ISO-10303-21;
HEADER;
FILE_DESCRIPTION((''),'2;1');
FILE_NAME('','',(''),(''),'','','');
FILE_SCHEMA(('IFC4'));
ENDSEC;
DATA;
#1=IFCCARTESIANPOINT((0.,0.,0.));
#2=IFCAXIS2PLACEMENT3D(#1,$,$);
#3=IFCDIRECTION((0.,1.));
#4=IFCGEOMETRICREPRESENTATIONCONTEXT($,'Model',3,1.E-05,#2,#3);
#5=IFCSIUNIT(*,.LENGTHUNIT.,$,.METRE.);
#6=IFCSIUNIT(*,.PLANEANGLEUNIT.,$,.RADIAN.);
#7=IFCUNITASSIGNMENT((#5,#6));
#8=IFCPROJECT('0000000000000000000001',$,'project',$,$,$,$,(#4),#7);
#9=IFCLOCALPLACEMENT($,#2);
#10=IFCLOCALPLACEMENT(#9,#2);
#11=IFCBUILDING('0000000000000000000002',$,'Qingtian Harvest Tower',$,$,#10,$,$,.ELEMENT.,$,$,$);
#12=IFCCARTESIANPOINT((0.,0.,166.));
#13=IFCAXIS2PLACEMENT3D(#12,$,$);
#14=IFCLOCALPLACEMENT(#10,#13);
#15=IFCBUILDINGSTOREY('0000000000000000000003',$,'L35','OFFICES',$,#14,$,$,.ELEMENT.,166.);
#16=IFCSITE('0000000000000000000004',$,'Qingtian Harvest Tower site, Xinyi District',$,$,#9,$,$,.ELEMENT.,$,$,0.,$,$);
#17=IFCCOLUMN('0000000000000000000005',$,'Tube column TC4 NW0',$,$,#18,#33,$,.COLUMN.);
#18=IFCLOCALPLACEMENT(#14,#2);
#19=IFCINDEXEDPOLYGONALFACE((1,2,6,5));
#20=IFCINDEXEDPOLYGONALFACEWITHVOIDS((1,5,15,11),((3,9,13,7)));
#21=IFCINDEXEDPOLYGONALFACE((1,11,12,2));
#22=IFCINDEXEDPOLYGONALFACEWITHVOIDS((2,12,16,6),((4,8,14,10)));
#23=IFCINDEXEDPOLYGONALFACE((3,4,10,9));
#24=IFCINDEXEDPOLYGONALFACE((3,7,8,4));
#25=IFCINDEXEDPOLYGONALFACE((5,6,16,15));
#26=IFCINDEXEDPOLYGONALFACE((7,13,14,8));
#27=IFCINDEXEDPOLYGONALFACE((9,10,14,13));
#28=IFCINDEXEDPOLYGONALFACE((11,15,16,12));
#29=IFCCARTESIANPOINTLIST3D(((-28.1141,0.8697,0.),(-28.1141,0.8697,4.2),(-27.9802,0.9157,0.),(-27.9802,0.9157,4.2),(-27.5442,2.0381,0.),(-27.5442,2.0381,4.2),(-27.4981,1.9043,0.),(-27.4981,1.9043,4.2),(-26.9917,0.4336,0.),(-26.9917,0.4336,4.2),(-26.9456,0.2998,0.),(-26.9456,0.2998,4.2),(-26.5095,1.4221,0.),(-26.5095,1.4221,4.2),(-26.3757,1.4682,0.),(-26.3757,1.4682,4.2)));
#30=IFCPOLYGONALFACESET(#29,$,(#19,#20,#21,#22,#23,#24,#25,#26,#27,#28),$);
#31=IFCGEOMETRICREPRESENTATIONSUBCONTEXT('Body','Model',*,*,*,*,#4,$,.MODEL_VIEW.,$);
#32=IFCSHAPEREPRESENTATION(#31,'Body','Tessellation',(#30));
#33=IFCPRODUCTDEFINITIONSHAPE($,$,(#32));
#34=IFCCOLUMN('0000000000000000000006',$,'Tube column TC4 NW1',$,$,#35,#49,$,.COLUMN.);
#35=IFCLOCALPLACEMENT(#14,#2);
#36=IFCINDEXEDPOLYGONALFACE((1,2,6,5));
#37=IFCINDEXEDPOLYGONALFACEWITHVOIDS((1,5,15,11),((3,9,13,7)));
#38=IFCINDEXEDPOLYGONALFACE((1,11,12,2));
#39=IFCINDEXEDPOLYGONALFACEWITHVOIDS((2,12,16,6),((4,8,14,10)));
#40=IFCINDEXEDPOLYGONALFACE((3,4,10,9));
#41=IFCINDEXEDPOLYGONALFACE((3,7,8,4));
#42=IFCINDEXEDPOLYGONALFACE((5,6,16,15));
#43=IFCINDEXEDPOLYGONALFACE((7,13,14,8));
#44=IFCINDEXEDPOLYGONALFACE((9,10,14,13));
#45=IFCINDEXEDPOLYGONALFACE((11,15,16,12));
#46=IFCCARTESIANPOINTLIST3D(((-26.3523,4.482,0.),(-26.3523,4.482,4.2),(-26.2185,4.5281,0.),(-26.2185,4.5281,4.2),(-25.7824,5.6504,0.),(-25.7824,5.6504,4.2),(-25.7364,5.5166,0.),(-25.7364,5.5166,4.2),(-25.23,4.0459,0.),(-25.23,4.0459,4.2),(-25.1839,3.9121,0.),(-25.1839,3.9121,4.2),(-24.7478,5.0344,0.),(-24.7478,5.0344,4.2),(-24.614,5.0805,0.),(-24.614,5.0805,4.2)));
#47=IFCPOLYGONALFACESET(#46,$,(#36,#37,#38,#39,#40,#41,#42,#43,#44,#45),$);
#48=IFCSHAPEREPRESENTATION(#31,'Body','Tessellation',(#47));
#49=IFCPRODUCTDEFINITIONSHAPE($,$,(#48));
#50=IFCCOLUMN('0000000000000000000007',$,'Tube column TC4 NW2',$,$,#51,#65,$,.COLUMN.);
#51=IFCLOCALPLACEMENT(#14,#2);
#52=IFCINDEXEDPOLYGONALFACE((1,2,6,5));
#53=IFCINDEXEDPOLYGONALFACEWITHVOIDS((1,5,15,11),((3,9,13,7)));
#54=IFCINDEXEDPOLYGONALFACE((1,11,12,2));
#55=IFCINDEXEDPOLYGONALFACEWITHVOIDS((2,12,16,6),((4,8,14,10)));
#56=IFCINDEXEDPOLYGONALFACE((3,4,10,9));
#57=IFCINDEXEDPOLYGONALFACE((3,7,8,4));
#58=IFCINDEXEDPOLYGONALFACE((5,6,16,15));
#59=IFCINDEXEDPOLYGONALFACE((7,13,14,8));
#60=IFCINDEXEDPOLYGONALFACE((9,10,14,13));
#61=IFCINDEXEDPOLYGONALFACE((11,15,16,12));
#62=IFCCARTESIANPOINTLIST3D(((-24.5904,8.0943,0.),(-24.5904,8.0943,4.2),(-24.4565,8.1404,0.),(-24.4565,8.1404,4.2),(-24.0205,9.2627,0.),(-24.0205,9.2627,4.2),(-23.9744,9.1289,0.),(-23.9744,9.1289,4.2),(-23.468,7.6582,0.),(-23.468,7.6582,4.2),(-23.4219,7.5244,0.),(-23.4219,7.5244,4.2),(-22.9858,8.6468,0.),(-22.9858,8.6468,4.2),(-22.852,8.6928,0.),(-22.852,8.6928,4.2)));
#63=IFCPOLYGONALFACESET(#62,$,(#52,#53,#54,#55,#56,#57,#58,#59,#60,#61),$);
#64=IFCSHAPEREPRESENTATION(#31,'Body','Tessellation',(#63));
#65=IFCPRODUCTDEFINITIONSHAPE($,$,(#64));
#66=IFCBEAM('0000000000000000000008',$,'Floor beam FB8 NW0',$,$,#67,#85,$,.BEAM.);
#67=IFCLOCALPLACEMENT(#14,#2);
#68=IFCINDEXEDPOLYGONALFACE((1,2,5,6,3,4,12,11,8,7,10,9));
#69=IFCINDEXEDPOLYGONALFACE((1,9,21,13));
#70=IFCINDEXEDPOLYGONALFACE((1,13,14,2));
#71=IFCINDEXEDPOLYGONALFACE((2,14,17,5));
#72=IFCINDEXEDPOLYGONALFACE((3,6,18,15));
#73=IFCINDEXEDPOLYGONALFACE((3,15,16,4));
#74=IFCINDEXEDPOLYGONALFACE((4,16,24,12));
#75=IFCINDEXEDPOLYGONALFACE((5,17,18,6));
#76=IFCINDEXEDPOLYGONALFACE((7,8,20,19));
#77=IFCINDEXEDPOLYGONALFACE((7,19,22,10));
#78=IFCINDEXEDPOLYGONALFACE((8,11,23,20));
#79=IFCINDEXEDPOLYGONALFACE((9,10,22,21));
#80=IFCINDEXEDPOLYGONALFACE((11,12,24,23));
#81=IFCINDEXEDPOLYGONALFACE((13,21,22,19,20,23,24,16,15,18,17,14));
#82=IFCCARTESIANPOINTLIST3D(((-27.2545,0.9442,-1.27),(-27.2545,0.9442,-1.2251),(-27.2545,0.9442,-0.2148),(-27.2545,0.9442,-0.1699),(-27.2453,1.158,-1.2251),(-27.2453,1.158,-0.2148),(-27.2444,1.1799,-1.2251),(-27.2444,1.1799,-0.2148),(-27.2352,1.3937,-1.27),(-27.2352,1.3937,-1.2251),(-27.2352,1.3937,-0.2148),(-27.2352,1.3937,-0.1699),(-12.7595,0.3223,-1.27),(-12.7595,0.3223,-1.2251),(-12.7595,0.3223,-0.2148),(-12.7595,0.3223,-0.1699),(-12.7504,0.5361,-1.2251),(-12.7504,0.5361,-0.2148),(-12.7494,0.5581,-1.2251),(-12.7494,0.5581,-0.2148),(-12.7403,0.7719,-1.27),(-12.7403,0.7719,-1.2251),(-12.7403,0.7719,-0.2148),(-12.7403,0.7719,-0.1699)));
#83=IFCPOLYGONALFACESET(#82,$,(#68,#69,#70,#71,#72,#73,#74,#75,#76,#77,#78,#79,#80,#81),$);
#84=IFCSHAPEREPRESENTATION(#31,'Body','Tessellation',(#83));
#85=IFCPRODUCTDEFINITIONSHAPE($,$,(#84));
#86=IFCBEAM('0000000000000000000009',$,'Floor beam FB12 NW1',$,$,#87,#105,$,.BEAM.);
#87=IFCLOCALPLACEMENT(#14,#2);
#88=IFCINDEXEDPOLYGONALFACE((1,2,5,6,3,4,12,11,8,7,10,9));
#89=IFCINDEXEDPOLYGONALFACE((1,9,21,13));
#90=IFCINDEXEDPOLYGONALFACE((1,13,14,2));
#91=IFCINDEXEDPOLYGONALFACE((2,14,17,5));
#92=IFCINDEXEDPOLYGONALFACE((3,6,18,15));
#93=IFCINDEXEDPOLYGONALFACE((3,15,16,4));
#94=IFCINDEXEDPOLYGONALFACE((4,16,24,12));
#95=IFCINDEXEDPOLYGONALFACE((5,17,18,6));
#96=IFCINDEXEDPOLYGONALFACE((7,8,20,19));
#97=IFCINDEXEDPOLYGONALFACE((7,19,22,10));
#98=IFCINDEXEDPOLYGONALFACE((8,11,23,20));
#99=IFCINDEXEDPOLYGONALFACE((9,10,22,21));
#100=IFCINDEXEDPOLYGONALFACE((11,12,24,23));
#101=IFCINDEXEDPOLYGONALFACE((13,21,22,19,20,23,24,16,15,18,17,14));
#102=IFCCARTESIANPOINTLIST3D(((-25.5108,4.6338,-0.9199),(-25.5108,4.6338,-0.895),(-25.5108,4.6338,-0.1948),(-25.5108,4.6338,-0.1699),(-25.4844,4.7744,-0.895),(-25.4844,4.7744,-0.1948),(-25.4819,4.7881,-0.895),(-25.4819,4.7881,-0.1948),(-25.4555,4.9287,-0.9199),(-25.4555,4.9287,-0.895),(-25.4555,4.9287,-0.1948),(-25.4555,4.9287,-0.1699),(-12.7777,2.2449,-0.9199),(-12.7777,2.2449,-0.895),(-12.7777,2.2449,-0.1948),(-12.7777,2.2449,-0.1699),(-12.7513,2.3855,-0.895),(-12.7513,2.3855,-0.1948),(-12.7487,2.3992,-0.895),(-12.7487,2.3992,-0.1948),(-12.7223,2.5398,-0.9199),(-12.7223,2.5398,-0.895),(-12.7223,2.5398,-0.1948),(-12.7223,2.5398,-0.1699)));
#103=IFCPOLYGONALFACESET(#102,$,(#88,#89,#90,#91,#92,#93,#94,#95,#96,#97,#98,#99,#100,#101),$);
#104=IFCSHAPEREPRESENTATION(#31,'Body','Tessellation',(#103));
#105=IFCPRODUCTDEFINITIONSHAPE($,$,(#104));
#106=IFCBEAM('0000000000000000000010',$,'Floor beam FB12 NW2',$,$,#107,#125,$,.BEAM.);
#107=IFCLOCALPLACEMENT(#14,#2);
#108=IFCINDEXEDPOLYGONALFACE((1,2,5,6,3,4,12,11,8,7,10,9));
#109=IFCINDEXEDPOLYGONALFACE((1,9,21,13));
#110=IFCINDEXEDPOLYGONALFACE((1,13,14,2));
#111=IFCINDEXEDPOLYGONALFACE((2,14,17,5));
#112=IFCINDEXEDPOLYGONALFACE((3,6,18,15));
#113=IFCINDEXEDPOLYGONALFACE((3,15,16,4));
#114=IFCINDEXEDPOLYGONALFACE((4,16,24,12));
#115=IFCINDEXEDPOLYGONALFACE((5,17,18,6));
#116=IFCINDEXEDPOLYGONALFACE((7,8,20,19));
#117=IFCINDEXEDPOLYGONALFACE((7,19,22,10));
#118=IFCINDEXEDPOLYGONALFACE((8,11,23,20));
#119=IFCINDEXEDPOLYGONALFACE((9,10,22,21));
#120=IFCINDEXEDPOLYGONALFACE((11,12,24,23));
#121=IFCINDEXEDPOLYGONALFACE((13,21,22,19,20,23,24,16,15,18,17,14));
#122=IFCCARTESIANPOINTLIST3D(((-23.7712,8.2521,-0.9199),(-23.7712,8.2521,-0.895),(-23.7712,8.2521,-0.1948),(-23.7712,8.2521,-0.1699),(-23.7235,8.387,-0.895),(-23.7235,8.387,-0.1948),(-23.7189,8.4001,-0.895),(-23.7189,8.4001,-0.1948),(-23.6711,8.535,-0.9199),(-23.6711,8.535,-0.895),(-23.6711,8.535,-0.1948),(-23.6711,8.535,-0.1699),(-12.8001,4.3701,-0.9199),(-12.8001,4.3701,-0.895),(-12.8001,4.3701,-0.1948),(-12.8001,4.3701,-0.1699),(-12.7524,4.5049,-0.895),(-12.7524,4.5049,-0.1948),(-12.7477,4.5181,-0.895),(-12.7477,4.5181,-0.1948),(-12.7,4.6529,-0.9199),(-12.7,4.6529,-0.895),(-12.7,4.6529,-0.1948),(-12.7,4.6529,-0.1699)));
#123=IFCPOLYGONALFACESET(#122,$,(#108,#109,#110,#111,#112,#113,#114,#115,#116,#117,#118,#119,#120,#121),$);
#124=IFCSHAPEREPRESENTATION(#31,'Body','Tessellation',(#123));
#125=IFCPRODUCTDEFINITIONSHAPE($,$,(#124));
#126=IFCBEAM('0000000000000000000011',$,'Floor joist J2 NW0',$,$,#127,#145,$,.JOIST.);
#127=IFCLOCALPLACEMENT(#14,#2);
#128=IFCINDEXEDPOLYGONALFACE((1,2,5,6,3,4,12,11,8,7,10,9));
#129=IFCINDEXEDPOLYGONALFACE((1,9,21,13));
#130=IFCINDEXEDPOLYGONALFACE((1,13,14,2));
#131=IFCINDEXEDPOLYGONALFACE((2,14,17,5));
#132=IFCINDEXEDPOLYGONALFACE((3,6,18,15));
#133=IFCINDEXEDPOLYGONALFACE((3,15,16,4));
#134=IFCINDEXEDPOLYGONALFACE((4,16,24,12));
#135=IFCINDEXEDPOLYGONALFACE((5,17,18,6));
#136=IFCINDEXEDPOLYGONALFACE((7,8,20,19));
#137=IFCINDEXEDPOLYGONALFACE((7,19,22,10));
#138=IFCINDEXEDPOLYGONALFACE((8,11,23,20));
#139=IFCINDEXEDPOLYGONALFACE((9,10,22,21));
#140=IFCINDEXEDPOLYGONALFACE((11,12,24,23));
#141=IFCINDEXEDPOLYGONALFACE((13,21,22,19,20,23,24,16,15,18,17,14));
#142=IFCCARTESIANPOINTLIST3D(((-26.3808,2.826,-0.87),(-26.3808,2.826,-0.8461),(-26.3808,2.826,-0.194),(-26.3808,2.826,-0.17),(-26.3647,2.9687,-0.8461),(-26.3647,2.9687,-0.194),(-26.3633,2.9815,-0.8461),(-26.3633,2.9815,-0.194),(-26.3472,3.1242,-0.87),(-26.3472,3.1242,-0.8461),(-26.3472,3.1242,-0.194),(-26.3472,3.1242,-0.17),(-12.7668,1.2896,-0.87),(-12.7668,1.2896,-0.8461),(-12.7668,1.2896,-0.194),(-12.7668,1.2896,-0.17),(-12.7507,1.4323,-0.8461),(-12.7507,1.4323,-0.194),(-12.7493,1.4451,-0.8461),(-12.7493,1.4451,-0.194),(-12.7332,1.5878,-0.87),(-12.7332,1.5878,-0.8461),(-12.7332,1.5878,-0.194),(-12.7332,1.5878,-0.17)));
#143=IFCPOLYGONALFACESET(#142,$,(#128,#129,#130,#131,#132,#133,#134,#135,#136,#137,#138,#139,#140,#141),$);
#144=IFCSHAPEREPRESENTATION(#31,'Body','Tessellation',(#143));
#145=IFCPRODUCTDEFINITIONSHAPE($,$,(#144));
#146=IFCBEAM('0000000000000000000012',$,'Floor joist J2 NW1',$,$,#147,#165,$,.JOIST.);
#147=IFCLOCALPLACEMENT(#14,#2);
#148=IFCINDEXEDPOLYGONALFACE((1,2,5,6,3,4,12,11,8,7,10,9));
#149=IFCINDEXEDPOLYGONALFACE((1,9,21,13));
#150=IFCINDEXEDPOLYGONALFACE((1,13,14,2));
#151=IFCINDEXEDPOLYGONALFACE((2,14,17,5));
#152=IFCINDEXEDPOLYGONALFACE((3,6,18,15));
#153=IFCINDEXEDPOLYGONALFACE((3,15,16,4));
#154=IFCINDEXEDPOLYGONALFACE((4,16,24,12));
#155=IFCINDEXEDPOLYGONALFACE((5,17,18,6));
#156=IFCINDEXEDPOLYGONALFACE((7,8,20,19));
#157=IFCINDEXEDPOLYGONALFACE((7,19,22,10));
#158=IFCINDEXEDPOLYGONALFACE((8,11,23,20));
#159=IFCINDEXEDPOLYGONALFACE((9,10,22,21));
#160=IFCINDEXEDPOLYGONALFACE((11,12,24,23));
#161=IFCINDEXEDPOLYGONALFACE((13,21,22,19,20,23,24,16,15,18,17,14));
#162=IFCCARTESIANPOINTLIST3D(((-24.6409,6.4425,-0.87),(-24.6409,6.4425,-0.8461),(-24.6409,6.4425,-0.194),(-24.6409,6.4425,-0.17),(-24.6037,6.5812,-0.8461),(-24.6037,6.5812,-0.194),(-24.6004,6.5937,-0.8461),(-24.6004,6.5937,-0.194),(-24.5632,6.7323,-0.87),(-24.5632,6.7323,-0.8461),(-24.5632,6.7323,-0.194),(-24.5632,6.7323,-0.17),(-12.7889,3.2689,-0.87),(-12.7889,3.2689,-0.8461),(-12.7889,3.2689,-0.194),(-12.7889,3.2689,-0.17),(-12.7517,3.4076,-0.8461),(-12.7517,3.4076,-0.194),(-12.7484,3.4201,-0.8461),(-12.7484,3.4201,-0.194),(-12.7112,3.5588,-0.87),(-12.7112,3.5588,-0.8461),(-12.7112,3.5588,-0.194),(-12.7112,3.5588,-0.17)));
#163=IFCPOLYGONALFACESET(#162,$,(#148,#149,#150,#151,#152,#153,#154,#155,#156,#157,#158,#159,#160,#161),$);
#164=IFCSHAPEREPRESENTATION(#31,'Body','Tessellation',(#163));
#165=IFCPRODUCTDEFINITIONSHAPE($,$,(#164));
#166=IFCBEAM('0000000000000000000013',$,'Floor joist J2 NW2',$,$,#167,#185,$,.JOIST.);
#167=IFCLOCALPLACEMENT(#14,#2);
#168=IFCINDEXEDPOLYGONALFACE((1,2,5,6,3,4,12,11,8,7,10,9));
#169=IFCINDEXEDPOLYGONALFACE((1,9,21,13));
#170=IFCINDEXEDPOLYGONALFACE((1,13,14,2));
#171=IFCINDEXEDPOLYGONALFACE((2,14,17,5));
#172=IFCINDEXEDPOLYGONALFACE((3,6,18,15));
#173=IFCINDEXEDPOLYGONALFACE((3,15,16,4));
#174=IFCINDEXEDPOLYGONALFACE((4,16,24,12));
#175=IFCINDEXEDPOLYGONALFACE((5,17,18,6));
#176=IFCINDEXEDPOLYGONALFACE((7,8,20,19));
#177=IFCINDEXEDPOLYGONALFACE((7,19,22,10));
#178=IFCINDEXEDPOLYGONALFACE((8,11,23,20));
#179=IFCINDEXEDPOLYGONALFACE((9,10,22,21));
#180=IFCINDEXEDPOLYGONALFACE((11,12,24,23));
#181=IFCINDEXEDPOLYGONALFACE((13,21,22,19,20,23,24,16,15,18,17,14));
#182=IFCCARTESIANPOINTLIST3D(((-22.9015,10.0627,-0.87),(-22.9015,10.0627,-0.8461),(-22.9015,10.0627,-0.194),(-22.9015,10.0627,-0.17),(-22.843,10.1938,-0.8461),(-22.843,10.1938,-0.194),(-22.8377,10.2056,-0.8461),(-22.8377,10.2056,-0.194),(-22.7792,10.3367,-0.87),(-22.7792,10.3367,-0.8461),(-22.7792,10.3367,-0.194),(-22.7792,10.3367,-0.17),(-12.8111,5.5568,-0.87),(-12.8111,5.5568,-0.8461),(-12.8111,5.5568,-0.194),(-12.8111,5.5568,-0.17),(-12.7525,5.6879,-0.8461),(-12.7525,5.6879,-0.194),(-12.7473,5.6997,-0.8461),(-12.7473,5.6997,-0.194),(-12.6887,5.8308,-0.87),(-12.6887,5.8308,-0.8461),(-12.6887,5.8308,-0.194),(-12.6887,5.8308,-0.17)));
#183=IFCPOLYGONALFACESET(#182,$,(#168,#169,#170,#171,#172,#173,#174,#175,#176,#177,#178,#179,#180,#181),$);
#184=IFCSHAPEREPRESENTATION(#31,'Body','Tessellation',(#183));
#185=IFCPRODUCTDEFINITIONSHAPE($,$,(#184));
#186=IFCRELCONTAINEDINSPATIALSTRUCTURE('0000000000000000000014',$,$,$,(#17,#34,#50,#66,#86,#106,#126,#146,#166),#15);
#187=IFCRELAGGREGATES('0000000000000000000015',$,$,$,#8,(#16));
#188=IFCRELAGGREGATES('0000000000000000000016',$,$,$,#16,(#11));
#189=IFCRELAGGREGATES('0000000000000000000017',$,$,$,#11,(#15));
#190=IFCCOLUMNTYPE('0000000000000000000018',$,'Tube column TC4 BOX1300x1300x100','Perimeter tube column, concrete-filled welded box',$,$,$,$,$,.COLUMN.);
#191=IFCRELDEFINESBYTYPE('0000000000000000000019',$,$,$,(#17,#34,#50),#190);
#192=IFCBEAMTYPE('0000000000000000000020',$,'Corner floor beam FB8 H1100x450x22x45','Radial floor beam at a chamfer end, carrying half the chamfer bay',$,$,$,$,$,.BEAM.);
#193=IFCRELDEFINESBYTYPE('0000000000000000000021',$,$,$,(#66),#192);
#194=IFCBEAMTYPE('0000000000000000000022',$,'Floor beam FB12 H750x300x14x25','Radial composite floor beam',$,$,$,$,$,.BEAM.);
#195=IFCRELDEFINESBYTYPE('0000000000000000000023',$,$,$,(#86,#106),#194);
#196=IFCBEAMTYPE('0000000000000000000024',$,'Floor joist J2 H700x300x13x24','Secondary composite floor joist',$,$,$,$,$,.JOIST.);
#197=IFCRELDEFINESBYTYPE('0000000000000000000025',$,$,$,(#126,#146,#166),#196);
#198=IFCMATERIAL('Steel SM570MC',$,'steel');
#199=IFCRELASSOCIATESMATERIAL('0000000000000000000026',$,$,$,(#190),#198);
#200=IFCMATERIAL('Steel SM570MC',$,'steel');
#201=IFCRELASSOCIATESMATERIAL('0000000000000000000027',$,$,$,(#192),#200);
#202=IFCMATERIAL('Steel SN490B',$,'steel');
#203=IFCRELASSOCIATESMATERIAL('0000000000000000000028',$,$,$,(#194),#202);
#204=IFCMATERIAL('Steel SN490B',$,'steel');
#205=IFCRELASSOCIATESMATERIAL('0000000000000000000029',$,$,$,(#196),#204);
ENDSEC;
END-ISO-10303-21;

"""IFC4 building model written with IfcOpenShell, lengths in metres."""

from ifc_helpers import new_model, si_unit, direction, frame, origin, origin_2d, place, context, subcontext, project, spatial, hollow_rectangle, i_section, extrude, material, material_profile, profile_set, type_object, element, save


model = new_model("IFC4")

# Units and contexts
model_context = context("Model", 3, precision=1e-05, world=origin(), true_north=direction((0.0, 1.0)))
body_context = subcontext(model_context, "Body", "Model", "MODEL_VIEW")
ifc_project = project(units=[si_unit("LENGTHUNIT", "METRE"), si_unit("PLANEANGLEUNIT", "RADIAN")], contexts=[model_context])

# Site, building, storey
site_placement = place(None, origin())
site = spatial("IfcSite", under=ifc_project, at=site_placement, Name="Qingtian Harvest Tower site, Xinyi District", CompositionType="ELEMENT", RefElevation=0.0)
building_placement = place(site_placement, origin())
building = spatial("IfcBuilding", under=site, at=building_placement, Name="Qingtian Harvest Tower", CompositionType="ELEMENT")
storey_placement = place(building_placement, frame((0.0, 0.0, 166.0)))
storey = spatial("IfcBuildingStorey", under=building, at=storey_placement, Name="L35", Description="OFFICES", CompositionType="ELEMENT", Elevation=166.0)

# Columns
ifc_material_1 = material(Name="Steel SM570MC", Category="steel")
ifc_material_profile_1 = material_profile(ifc_material_1, hollow_rectangle(XDim=1.3, YDim=1.3, WallThickness=0.1001, at=origin_2d()), Name="BOX1300x1300x100")
ifc_profile_set_1 = profile_set([ifc_material_profile_1], Name="Steel SM570MC")
column_type = type_object("IfcColumnType", Name="Tube column TC4 BOX1300x1300x100", Description="Perimeter tube column, concrete-filled welded box", PredefinedType="COLUMN", material=ifc_profile_set_1)
for number, where, z_axis, x_axis, name in (
    (1, (-27.2449, 1.1689, 0.0), (0.0, 0.0, 1.0), (-0.438371, -0.898794, 0.0), "Tube column TC4 NW0"),
    (2, (-25.4832, 4.7812, 0.0), (0.0, 0.0, 1.0), (-0.438371, -0.898794, 0.0), "Tube column TC4 NW1"),
    (3, (-23.7212, 8.3936, 0.0), (0.0, 0.0, 1.0), (-0.438371, -0.898794, 0.0), "Tube column TC4 NW2"),
):
    element("IfcColumn", number, at=place(storey_placement, frame(where, z_axis=z_axis, x_axis=x_axis)), inside=storey, type_object=column_type, Name=name, PredefinedType="COLUMN", context=body_context, shape_type="SweptSolid", body=[
        extrude(hollow_rectangle(XDim=1.3, YDim=1.3, WallThickness=0.1001, at=origin_2d()), origin(), (0.0, 0.0, 1.0), 4.2),
    ])

# Beams
ifc_material_2 = material(Name="Steel SM570MC", Category="steel")
ifc_material_profile_2 = material_profile(ifc_material_2, i_section(OverallWidth=0.45, OverallDepth=1.1001, WebThickness=0.022, FlangeThickness=0.0449, at=origin_2d()), Name="H1100x450x22x45")
ifc_profile_set_2 = profile_set([ifc_material_profile_2], Name="Steel SM570MC")
beam_type_1 = type_object("IfcBeamType", Name="Corner floor beam FB8 H1100x450x22x45", Description="Radial floor beam at a chamfer end, carrying half the chamfer bay", PredefinedType="BEAM", material=ifc_profile_set_2)
beam_1_placement = place(storey_placement, frame((-27.2449, 1.1689, -0.72), z_axis=(0.999081, -0.04286, 0.0), x_axis=(0.04286, 0.999081, 0.0)))
element("IfcBeam", 4, at=beam_1_placement, inside=storey, type_object=beam_type_1, Name="Floor beam FB8 NW0", PredefinedType="BEAM", context=body_context, shape_type="SweptSolid", body=[
    extrude(i_section(OverallWidth=0.45, OverallDepth=1.1001, WebThickness=0.022, FlangeThickness=0.0449, at=origin_2d()), origin(), (0.0, 0.0, 1.0), 14.5083),
])
ifc_material_3 = material(Name="Steel SN490B", Category="steel")
ifc_material_profile_3 = material_profile(ifc_material_3, i_section(OverallWidth=0.3, OverallDepth=0.75, WebThickness=0.0139, FlangeThickness=0.0249, at=origin_2d()), Name="H750x300x14x25")
ifc_profile_set_3 = profile_set([ifc_material_profile_3], Name="Steel SN490B")
beam_type_2 = type_object("IfcBeamType", Name="Floor beam FB12 H750x300x14x25", Description="Radial composite floor beam", PredefinedType="BEAM", material=ifc_profile_set_3)
beam_2_placement = place(storey_placement, frame((-25.4832, 4.7812, -0.5449), z_axis=(0.982852, -0.184397, 0.0), x_axis=(0.184397, 0.982852, 0.0)))
element("IfcBeam", 5, at=beam_2_placement, inside=storey, type_object=beam_type_2, Name="Floor beam FB12 NW1", PredefinedType="BEAM", context=body_context, shape_type="SweptSolid", body=[
    extrude(i_section(OverallWidth=0.3, OverallDepth=0.75, WebThickness=0.0139, FlangeThickness=0.0249, at=origin_2d()), origin(), (0.0, 0.0, 1.0), 12.9553),
])
beam_3_placement = place(storey_placement, frame((-23.7212, 8.3936, -0.5449), z_axis=(0.942723, -0.333576, 0.0), x_axis=(0.333576, 0.942723, 0.0)))
element("IfcBeam", 6, at=beam_3_placement, inside=storey, type_object=beam_type_2, Name="Floor beam FB12 NW2", PredefinedType="BEAM", context=body_context, shape_type="SweptSolid", body=[
    extrude(i_section(OverallWidth=0.3, OverallDepth=0.75, WebThickness=0.0139, FlangeThickness=0.0249, at=origin_2d()), origin(), (0.0, 0.0, 1.0), 11.6377),
])
ifc_material_4 = material(Name="Steel SN490B", Category="steel")
ifc_material_profile_4 = material_profile(ifc_material_4, i_section(OverallWidth=0.3, OverallDepth=0.7, WebThickness=0.0129, FlangeThickness=0.0239, at=origin_2d()), Name="H700x300x13x24")
ifc_profile_set_4 = profile_set([ifc_material_profile_4], Name="Steel SN490B")
beam_type_3 = type_object("IfcBeamType", Name="Floor joist J2 H700x300x13x24", Description="Secondary composite floor joist", PredefinedType="JOIST", material=ifc_profile_set_4)
beam_4_placement = place(storey_placement, frame((-26.364, 2.9751, -0.52), z_axis=(0.993692, -0.112141, 0.0), x_axis=(0.112141, 0.993692, 0.0)))
element("IfcBeam", 7, at=beam_4_placement, inside=storey, type_object=beam_type_3, Name="Floor joist J2 NW0", PredefinedType="JOIST", context=body_context, shape_type="SweptSolid", body=[
    extrude(i_section(OverallWidth=0.3, OverallDepth=0.7, WebThickness=0.0129, FlangeThickness=0.0239, at=origin_2d()), origin(), (0.0, 0.0, 1.0), 13.7004),
])
beam_5_placement = place(storey_placement, frame((-24.6021, 6.5874, -0.52), z_axis=(0.96597, -0.258655, 0.0), x_axis=(0.258655, 0.96597, 0.0)))
element("IfcBeam", 8, at=beam_5_placement, inside=storey, type_object=beam_type_3, Name="Floor joist J2 NW1", PredefinedType="JOIST", context=body_context, shape_type="SweptSolid", body=[
    extrude(i_section(OverallWidth=0.3, OverallDepth=0.7, WebThickness=0.0129, FlangeThickness=0.0239, at=origin_2d()), origin(), (0.0, 0.0, 1.0), 12.2695),
])
beam_6_placement = place(storey_placement, frame((-22.8403, 10.1997, -0.52), z_axis=(0.913096, -0.407745, 0.0), x_axis=(0.407745, 0.913096, 0.0)))
element("IfcBeam", 9, at=beam_6_placement, inside=storey, type_object=beam_type_3, Name="Floor joist J2 NW2", PredefinedType="JOIST", context=body_context, shape_type="SweptSolid", body=[
    extrude(i_section(OverallWidth=0.3, OverallDepth=0.7, WebThickness=0.0129, FlangeThickness=0.0239, at=origin_2d()), origin(), (0.0, 0.0, 1.0), 11.0508),
])

save(model, "model.ifc")
